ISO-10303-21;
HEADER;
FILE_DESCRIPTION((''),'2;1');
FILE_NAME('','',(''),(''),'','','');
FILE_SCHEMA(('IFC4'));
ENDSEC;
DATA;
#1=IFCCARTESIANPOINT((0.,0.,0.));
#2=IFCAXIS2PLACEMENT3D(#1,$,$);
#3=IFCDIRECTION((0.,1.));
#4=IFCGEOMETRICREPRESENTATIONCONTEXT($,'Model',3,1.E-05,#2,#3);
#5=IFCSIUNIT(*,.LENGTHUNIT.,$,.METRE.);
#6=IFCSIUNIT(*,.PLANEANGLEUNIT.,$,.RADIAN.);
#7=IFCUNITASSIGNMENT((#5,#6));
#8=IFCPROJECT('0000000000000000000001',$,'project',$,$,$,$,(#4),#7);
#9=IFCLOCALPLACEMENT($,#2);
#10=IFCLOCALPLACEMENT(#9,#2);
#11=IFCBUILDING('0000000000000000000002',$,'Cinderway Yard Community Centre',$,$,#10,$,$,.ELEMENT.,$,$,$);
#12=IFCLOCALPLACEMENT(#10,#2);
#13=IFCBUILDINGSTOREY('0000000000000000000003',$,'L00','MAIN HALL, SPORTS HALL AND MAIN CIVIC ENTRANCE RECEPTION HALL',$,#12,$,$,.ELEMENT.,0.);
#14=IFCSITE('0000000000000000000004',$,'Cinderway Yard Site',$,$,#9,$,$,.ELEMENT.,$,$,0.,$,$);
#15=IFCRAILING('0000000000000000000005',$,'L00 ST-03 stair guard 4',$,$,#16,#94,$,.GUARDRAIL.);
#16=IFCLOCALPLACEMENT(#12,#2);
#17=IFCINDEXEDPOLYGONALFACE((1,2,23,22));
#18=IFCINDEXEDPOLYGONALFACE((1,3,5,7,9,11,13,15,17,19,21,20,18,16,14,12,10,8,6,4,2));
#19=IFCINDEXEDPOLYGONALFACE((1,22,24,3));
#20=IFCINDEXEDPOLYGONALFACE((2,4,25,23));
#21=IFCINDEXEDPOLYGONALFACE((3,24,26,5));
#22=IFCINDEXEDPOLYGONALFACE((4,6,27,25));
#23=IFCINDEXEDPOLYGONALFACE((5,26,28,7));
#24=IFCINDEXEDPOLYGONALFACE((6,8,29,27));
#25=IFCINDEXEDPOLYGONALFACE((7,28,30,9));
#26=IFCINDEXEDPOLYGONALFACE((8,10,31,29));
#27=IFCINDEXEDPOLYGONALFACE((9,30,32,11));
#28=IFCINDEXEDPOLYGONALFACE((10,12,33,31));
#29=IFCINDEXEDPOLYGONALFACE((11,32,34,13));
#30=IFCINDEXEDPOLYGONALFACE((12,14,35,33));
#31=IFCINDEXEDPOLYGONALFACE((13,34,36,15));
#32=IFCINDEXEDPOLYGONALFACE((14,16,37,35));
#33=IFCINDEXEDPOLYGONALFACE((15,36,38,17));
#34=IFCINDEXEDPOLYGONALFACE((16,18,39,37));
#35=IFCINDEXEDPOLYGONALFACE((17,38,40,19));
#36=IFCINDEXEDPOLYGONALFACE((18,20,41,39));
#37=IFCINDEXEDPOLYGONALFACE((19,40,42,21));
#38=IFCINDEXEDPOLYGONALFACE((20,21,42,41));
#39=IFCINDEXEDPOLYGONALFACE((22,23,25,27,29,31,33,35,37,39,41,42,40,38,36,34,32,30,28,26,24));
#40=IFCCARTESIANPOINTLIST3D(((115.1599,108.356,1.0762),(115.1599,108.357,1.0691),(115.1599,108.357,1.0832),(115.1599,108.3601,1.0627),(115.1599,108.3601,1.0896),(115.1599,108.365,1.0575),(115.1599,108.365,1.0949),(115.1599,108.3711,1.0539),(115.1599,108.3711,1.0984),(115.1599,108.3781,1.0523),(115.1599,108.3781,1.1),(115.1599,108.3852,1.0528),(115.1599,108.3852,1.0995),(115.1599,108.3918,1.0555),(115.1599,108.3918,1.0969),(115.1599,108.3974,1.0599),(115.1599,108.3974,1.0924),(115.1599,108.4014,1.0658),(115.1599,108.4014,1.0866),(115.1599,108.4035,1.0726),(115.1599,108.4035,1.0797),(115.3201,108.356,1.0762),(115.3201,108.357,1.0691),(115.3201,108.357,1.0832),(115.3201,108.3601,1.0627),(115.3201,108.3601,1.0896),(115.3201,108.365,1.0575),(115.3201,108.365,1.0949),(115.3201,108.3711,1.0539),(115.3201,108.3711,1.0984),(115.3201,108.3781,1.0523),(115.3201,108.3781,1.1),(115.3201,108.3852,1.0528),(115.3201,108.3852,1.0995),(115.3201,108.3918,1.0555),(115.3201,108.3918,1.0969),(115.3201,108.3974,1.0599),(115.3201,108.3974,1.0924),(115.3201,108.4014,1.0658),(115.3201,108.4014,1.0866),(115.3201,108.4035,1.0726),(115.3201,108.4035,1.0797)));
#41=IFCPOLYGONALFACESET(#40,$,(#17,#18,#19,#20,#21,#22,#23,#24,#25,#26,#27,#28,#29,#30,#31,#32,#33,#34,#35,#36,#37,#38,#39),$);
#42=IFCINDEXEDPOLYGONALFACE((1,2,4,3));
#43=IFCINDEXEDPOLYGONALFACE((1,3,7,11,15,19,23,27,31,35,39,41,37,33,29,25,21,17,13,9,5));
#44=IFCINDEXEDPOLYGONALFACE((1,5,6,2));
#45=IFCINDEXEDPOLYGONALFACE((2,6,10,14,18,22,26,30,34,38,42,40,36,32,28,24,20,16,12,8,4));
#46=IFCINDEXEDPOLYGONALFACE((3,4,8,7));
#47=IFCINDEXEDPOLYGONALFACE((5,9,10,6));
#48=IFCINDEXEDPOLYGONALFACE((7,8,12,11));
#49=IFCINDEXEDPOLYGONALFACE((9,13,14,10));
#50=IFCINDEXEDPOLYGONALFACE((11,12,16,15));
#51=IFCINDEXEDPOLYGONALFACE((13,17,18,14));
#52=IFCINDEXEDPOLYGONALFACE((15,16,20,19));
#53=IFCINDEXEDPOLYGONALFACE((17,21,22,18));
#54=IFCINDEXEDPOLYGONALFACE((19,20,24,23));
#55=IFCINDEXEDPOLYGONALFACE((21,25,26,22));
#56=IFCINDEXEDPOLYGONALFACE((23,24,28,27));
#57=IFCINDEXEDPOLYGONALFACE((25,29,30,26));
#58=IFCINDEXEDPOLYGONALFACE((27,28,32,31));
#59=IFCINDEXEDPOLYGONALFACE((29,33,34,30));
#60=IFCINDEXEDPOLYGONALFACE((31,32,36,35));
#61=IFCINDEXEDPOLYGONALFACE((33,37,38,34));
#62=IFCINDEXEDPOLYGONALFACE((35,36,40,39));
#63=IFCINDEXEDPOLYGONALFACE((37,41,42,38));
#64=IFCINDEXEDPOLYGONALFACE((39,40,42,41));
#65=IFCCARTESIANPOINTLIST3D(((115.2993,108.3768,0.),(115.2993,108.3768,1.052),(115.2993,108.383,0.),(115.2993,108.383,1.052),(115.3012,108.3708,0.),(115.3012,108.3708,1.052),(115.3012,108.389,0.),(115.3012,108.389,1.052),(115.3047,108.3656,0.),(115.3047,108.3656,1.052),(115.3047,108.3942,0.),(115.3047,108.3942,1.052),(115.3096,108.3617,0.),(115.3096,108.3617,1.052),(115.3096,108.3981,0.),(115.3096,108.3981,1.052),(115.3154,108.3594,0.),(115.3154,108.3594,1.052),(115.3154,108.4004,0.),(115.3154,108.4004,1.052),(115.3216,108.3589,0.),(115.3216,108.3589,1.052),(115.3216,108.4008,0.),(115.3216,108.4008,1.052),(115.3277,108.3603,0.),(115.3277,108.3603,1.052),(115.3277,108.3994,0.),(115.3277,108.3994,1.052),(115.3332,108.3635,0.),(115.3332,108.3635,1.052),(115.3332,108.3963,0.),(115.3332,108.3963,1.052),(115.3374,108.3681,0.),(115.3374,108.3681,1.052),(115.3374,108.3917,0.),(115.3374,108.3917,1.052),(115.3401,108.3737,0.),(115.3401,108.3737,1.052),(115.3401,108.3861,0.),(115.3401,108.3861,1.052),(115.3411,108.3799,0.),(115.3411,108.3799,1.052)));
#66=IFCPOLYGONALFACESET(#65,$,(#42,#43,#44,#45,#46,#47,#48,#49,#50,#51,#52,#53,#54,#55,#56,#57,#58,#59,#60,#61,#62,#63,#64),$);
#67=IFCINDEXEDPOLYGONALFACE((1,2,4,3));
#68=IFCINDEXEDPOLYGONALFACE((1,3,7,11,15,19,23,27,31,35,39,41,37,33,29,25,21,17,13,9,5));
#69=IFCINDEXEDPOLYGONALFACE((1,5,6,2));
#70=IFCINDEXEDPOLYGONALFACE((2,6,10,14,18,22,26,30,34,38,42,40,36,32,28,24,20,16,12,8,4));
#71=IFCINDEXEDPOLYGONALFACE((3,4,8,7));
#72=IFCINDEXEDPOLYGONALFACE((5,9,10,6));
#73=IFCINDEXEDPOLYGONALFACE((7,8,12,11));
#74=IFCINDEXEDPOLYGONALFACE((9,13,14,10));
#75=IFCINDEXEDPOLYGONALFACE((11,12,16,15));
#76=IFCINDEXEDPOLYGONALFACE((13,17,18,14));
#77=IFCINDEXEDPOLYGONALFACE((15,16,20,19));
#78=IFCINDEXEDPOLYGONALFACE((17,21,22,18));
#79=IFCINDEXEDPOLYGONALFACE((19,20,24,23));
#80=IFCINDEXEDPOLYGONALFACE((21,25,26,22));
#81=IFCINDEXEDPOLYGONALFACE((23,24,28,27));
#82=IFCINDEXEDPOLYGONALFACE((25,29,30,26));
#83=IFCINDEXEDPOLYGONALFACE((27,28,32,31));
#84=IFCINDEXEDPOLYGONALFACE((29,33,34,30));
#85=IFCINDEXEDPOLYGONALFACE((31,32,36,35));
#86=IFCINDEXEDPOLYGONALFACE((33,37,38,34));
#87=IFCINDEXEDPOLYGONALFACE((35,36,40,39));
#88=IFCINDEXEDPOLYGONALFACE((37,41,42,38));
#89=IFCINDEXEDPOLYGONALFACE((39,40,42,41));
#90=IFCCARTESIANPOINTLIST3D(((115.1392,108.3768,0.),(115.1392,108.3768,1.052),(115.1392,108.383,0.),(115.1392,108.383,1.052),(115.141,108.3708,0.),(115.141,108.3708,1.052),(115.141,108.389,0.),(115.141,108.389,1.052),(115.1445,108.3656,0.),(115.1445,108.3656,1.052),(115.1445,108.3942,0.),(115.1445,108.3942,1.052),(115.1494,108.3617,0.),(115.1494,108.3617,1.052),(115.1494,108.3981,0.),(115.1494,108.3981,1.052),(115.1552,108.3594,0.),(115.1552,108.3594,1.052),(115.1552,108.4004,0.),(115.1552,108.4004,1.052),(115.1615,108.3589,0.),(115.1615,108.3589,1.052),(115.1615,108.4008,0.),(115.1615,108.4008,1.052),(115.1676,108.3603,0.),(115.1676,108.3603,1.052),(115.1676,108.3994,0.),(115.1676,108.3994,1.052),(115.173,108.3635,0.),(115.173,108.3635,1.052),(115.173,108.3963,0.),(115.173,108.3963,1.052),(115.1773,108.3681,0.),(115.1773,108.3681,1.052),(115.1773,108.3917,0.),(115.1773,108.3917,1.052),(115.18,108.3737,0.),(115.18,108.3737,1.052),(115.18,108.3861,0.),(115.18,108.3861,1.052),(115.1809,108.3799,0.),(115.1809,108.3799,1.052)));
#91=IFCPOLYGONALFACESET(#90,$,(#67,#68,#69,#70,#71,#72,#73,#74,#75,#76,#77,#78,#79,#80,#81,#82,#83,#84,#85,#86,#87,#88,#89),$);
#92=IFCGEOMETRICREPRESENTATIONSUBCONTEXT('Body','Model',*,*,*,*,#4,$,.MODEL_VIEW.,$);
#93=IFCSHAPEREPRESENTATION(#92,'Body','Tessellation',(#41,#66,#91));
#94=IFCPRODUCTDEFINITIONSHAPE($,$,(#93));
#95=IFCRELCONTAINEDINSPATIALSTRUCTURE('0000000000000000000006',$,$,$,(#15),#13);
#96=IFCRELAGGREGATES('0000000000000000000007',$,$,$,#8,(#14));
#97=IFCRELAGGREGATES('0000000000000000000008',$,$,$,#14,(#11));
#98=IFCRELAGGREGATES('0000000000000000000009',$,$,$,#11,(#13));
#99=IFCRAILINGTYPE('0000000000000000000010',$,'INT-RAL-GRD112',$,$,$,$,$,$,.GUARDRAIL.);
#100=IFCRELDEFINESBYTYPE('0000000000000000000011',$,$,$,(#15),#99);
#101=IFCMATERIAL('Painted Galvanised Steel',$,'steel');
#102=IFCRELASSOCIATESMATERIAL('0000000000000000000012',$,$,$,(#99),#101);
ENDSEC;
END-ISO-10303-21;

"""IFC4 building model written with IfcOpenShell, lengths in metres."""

from ifc_helpers import new_model, si_unit, direction, frame, origin, origin_2d, place, context, subcontext, project, spatial, circle, extrude, material, type_object, element, save


model = new_model("IFC4")

# Units and contexts
model_context = context("Model", 3, precision=1e-05, world=origin(), true_north=direction((0.0, 1.0)))
body_context = subcontext(model_context, "Body", "Model", "MODEL_VIEW")
ifc_project = project(units=[si_unit("LENGTHUNIT", "METRE"), si_unit("PLANEANGLEUNIT", "RADIAN")], contexts=[model_context])

# Site, building, storey
site_placement = place(None, origin())
site = spatial("IfcSite", under=ifc_project, at=site_placement, Name="Cinderway Yard Site", CompositionType="ELEMENT", RefElevation=0.0)
building_placement = place(site_placement, origin())
building = spatial("IfcBuilding", under=site, at=building_placement, Name="Cinderway Yard Community Centre", CompositionType="ELEMENT")
storey_placement = place(building_placement, origin())
storey = spatial("IfcBuildingStorey", under=building, at=storey_placement, Name="L00", Description="MAIN HALL, SPORTS HALL AND MAIN CIVIC ENTRANCE RECEPTION HALL", CompositionType="ELEMENT", Elevation=0.0)

# Shared definitions
ifc_material_1 = material(Name="Painted Galvanised Steel", Category="steel")

# Railing
railing_type_1 = type_object("IfcRailingType", Name="INT-RAL-GRD112", PredefinedType="GUARDRAIL", material=ifc_material_1)
railing_1_placement = place(storey_placement, frame((115.3201, 108.3799, 0.0)))
element("IfcRailing", 1, at=railing_1_placement, inside=storey, type_object=railing_type_1, Name="L00 ST-03 stair guard 4", PredefinedType="GUARDRAIL", context=body_context, shape_type="SweptSolid", body=[
    extrude(circle(Radius=0.0239, at=origin_2d()), frame((0.0, 0.0, 1.0762), z_axis=(-1.0, 0.0, 0.0), x_axis=(0.0, -1.0, 0.0)), (0.0, 0.0, 1.0), 0.1602),
    extrude(circle(Radius=0.021, at=origin_2d()), origin(), (0.0, 0.0, 1.0), 1.052),
    extrude(circle(Radius=0.021, at=origin_2d()), frame((-0.1602, 0.0, 0.0)), (0.0, 0.0, 1.0), 1.052),
])

save(model, "model.ifc")
